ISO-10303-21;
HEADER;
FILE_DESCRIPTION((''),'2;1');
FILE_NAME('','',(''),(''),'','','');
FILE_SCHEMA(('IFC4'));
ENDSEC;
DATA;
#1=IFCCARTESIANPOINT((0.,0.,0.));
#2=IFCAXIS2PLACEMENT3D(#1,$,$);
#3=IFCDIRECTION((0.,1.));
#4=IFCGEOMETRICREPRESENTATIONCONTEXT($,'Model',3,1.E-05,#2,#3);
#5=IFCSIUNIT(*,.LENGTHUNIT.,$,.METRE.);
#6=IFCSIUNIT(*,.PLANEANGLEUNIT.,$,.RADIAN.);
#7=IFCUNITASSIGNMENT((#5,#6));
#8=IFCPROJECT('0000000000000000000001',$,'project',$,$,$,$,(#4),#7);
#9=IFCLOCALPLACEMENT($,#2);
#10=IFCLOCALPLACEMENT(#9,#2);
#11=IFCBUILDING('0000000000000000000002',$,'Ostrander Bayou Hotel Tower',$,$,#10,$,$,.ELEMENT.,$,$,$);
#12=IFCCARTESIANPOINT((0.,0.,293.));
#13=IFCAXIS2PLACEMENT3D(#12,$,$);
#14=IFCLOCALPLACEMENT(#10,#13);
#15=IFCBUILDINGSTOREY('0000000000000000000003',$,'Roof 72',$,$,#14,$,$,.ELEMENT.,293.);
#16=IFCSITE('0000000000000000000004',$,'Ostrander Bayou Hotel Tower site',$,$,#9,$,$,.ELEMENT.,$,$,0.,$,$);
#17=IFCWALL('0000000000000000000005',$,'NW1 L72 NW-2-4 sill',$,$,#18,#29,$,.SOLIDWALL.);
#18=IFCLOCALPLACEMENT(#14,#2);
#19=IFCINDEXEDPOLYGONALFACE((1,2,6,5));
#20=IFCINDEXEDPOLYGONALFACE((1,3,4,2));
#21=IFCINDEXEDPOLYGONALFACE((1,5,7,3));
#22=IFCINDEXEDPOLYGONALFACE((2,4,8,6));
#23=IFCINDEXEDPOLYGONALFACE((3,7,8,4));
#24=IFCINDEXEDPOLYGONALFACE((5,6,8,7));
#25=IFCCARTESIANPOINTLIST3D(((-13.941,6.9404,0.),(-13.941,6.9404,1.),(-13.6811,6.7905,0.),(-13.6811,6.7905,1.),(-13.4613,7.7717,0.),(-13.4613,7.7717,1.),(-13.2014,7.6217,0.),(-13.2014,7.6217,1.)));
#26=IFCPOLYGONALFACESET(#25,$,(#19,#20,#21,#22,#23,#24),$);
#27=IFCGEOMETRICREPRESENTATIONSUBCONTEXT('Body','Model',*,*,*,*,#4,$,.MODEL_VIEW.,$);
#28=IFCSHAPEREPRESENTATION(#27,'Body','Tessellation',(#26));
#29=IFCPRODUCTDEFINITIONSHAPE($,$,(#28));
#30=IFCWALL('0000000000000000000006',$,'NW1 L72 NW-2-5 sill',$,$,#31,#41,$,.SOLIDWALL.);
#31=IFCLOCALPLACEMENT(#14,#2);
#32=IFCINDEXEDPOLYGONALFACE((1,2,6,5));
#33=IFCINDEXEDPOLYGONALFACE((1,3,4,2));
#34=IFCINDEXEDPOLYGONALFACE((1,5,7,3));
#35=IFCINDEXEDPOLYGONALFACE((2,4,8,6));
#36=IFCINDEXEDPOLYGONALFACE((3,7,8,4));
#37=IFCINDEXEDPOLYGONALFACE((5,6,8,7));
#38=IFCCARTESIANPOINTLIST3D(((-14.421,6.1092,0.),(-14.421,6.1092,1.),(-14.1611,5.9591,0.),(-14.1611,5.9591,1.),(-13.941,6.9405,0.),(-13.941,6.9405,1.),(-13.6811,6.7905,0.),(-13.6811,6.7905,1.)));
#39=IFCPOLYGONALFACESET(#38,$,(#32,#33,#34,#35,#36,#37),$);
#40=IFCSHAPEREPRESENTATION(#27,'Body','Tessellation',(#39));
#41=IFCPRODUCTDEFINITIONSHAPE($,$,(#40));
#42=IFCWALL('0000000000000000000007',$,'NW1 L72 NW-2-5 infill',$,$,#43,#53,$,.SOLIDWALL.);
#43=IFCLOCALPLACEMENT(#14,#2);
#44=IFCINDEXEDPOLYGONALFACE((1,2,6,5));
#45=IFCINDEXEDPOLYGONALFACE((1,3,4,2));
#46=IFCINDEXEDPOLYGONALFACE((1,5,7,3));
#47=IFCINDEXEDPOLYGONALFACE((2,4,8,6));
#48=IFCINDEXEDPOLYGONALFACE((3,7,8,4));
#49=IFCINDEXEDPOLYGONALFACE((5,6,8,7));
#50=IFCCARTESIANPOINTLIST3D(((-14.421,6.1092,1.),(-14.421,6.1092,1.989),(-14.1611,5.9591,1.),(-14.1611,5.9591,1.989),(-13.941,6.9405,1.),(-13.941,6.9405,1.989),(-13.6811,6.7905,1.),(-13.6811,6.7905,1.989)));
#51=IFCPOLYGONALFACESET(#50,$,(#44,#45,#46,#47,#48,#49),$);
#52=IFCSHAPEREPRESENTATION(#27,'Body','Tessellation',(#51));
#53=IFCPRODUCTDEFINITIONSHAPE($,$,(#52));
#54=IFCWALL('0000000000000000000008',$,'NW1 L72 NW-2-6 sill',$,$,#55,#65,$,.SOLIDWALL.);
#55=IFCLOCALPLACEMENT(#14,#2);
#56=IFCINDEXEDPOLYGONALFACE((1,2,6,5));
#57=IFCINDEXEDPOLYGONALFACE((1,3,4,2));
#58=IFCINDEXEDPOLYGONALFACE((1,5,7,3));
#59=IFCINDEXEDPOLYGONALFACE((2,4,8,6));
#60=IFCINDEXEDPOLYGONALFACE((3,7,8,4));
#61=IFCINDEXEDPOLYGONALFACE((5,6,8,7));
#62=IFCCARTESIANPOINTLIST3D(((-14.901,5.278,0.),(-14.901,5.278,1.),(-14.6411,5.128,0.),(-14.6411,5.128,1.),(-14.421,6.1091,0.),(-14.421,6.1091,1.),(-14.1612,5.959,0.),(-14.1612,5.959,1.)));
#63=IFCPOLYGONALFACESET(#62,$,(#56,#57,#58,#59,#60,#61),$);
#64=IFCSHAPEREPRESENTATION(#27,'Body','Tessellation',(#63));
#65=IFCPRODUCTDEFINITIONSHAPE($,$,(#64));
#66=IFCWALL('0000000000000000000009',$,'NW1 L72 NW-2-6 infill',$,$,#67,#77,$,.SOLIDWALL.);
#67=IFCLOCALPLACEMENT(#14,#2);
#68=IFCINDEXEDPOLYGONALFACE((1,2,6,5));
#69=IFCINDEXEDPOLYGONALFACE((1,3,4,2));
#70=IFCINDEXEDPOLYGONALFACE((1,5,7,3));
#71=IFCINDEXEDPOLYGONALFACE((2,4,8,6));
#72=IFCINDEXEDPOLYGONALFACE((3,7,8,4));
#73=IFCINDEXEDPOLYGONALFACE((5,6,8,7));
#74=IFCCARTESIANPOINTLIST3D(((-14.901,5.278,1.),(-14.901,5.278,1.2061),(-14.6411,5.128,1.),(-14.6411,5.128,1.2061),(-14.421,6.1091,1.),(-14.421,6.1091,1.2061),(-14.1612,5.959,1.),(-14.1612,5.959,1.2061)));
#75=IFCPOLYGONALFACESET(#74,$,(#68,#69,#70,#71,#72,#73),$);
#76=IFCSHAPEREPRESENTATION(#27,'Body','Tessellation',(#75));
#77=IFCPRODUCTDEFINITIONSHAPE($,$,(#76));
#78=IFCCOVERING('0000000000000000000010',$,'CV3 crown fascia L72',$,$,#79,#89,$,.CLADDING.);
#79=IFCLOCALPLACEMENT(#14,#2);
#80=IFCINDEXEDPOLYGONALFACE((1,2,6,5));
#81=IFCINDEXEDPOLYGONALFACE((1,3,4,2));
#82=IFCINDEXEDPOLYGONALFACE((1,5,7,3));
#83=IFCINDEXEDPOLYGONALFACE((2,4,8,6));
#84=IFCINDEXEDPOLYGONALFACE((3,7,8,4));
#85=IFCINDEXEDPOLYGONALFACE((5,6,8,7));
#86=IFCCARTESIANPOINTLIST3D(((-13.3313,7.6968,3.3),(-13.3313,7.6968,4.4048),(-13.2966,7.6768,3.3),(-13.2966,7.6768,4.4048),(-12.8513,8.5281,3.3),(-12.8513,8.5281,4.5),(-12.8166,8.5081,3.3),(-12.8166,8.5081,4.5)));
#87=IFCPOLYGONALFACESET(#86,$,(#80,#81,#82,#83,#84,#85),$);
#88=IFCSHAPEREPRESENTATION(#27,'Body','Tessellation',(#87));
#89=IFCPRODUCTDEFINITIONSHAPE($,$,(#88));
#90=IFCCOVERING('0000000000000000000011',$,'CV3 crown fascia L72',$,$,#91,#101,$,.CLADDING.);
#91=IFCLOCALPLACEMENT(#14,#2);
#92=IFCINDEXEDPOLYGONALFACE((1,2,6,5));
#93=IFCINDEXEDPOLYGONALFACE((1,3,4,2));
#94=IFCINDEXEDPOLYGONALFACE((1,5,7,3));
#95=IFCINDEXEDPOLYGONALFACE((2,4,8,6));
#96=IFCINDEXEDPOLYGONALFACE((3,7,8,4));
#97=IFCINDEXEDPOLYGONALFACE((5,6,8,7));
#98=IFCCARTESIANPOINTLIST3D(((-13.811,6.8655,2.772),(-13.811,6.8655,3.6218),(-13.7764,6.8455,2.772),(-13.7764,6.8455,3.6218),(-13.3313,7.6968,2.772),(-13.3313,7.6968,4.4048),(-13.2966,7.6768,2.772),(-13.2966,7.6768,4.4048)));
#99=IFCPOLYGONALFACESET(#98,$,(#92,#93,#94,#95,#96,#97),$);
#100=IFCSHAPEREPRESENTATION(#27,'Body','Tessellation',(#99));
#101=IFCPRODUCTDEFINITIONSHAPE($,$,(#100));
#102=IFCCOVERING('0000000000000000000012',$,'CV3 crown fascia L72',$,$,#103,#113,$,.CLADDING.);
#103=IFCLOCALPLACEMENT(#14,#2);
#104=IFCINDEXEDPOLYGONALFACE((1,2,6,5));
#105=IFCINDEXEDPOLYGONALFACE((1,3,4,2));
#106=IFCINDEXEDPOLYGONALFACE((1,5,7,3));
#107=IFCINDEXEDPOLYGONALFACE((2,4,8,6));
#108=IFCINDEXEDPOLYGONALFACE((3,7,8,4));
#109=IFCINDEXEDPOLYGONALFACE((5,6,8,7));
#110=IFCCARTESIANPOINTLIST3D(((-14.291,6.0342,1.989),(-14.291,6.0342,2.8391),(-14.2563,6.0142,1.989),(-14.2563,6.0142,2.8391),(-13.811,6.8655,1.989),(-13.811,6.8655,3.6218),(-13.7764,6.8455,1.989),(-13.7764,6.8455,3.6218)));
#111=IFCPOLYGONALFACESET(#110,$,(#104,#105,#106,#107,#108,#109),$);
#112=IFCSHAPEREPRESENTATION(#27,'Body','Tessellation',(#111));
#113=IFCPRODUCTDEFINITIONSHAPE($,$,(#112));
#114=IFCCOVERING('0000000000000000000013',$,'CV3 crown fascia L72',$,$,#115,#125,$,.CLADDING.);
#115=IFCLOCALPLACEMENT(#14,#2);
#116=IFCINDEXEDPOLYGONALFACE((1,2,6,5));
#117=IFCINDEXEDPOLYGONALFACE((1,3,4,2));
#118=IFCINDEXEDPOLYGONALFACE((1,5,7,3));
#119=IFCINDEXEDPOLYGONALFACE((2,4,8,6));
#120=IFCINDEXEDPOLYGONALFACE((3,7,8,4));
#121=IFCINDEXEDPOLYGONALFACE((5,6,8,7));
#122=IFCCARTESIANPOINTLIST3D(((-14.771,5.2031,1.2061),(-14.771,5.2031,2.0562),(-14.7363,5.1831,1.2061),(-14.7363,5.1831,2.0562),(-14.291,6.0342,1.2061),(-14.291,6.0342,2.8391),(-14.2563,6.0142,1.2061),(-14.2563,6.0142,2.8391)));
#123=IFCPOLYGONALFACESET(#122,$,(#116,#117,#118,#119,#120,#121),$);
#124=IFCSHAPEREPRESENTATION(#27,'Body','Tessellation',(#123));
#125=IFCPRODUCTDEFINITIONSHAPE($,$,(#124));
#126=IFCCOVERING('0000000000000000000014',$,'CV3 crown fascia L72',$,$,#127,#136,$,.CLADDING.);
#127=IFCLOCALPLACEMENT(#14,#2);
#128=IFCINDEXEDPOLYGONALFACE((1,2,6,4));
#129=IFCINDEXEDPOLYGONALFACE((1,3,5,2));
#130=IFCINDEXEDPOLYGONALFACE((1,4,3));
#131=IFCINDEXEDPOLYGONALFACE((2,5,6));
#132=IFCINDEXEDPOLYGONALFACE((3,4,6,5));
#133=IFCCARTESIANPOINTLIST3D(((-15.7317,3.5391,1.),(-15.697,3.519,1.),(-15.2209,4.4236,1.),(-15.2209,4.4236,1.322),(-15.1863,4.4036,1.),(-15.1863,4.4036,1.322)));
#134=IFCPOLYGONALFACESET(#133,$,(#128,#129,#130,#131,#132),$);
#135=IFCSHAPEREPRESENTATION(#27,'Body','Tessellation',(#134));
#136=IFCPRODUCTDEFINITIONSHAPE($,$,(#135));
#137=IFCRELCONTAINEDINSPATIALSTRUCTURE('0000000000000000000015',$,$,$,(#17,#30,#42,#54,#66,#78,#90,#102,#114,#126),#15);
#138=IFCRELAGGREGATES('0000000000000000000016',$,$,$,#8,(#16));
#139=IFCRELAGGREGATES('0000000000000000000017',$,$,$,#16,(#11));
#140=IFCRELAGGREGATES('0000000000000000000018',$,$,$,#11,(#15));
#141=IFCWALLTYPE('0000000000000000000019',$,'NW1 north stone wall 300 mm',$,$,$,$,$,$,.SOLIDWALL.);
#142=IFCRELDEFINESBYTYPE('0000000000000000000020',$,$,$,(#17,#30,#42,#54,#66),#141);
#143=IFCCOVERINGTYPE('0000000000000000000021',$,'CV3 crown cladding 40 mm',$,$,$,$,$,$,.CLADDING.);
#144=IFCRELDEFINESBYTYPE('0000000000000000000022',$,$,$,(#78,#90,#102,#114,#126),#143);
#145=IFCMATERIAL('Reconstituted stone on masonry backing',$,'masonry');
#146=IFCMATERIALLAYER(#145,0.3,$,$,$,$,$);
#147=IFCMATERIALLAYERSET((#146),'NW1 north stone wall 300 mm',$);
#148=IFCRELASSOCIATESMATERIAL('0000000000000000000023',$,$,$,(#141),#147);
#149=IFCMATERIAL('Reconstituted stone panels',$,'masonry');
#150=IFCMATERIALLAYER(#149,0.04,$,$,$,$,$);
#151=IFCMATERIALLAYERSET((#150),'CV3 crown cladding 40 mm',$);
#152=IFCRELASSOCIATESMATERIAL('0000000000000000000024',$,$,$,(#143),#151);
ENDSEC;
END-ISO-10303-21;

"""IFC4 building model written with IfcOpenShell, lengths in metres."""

from ifc_helpers import new_model, si_unit, direction, frame, frame_2d, origin, place, context, subcontext, project, spatial, polyline, rectangle, outline, extrude, material, layer, layer_set, type_object, element, save


model = new_model("IFC4")

# Units and contexts
model_context = context("Model", 3, precision=1e-05, world=origin(), true_north=direction((0.0, 1.0)))
body_context = subcontext(model_context, "Body", "Model", "MODEL_VIEW")
ifc_project = project(units=[si_unit("LENGTHUNIT", "METRE"), si_unit("PLANEANGLEUNIT", "RADIAN")], contexts=[model_context])

# Site, building, storey
site_placement = place(None, origin())
site = spatial("IfcSite", under=ifc_project, at=site_placement, Name="Ostrander Bayou Hotel Tower site", CompositionType="ELEMENT", RefElevation=0.0)
building_placement = place(site_placement, origin())
building = spatial("IfcBuilding", under=site, at=building_placement, Name="Ostrander Bayou Hotel Tower", CompositionType="ELEMENT")
storey_placement = place(building_placement, frame((0.0, 0.0, 293.0)))
storey = spatial("IfcBuildingStorey", under=building, at=storey_placement, Name="Roof 72", CompositionType="ELEMENT", Elevation=293.0)

# Walls
ifc_material_1 = material(Name="Reconstituted stone on masonry backing", Category="masonry")
ifc_layer_1 = layer(ifc_material_1, 0.3)
ifc_layer_set_1 = layer_set([ifc_layer_1], Name="NW1 north stone wall 300 mm")
wall_type = type_object("IfcWallType", Name="NW1 north stone wall 300 mm", PredefinedType="SOLIDWALL", material=ifc_layer_set_1)
wall_1_placement = place(storey_placement, frame((-13.3313, 7.6968, 0.0), z_axis=(0.0, 0.0, 1.0), x_axis=(-0.499833, -0.866122, 0.0)))
element("IfcWall", 1, at=wall_1_placement, inside=storey, type_object=wall_type, Name="NW1 L72 NW-2-4 sill", PredefinedType="SOLIDWALL", context=body_context, shape_type="SweptSolid", body=[
    extrude(rectangle(XDim=0.9597, YDim=0.3, at=frame_2d((0.48, 0.0))), origin(), (0.0, 0.0, 1.0), 1.0),
])
wall_2_placement = place(storey_placement, frame((-13.811, 6.8655, 0.0), z_axis=(0.0, 0.0, 1.0), x_axis=(-0.500023, -0.866012, 0.0)))
element("IfcWall", 2, at=wall_2_placement, inside=storey, type_object=wall_type, Name="NW1 L72 NW-2-5 sill", PredefinedType="SOLIDWALL", context=body_context, shape_type="SweptSolid", body=[
    extrude(rectangle(XDim=0.96, YDim=0.3, at=frame_2d((0.48, 0.0))), origin(), (0.0, 0.0, 1.0), 1.0),
])
wall_3_placement = place(storey_placement, frame((-13.811, 6.8655, 1.0), z_axis=(0.0, 0.0, 1.0), x_axis=(-0.500023, -0.866012, 0.0)))
element("IfcWall", 3, at=wall_3_placement, inside=storey, type_object=wall_type, Name="NW1 L72 NW-2-5 infill", PredefinedType="SOLIDWALL", context=body_context, shape_type="SweptSolid", body=[
    extrude(rectangle(XDim=0.96, YDim=0.3, at=frame_2d((0.48, 0.0))), origin(), (0.0, 0.0, 1.0), 0.989),
])
wall_4_placement = place(storey_placement, frame((-14.291, 6.0342, 0.0), z_axis=(0.0, 0.0, 1.0), x_axis=(-0.500133, -0.865948, 0.0)))
element("IfcWall", 4, at=wall_4_placement, inside=storey, type_object=wall_type, Name="NW1 L72 NW-2-6 sill", PredefinedType="SOLIDWALL", context=body_context, shape_type="SweptSolid", body=[
    extrude(rectangle(XDim=0.9597, YDim=0.3, at=frame_2d((0.48, 0.0))), origin(), (0.0, 0.0, 1.0), 1.0),
])
wall_5_placement = place(storey_placement, frame((-14.291, 6.0342, 1.0), z_axis=(0.0, 0.0, 1.0), x_axis=(-0.500133, -0.865948, 0.0)))
element("IfcWall", 5, at=wall_5_placement, inside=storey, type_object=wall_type, Name="NW1 L72 NW-2-6 infill", PredefinedType="SOLIDWALL", context=body_context, shape_type="SweptSolid", body=[
    extrude(rectangle(XDim=0.9597, YDim=0.3, at=frame_2d((0.48, 0.0))), origin(), (0.0, 0.0, 1.0), 0.2061),
])

# Coverings
ifc_material_2 = material(Name="Reconstituted stone panels", Category="masonry")
ifc_layer_2 = layer(ifc_material_2, 0.04)
ifc_layer_set_2 = layer_set([ifc_layer_2], Name="CV3 crown cladding 40 mm")
covering_type = type_object("IfcCoveringType", Name="CV3 crown cladding 40 mm", PredefinedType="CLADDING", material=ifc_layer_set_2)
covering_1_placement = place(storey_placement, frame((-12.8513, 8.5281, 3.3), z_axis=(-0.866012, 0.500023, 0.0), x_axis=(-0.500023, -0.866012, 0.0)))
element("IfcCovering", 6, at=covering_1_placement, inside=storey, type_object=covering_type, Name="CV3 crown fascia L72", PredefinedType="CLADDING", context=body_context, shape_type="SweptSolid", body=[
    extrude(outline(polyline([(0.0, 0.0), (0.9599, 0.0), (0.9599, 1.1047), (0.0, 1.2), (0.0, 0.0)])), origin(), (0.0, 0.0, -1.0), 0.04),
])
covering_2_placement = place(storey_placement, frame((-13.3313, 7.6968, 2.772), z_axis=(-0.866122, 0.499833, 0.0), x_axis=(-0.499833, -0.866122, 0.0)))
element("IfcCovering", 7, at=covering_2_placement, inside=storey, type_object=covering_type, Name="CV3 crown fascia L72", PredefinedType="CLADDING", context=body_context, shape_type="SweptSolid", body=[
    extrude(outline(polyline([(0.0, 0.0), (0.9598, 0.0), (0.9598, 0.8499), (0.0, 1.6328), (0.0, 0.0)])), origin(), (0.0, 0.0, -1.0), 0.04),
])
covering_3_placement = place(storey_placement, frame((-13.811, 6.8655, 1.989), z_axis=(-0.866012, 0.500023, 0.0), x_axis=(-0.500023, -0.866012, 0.0)))
element("IfcCovering", 8, at=covering_3_placement, inside=storey, type_object=covering_type, Name="CV3 crown fascia L72", PredefinedType="CLADDING", context=body_context, shape_type="SweptSolid", body=[
    extrude(outline(polyline([(0.0, 0.0), (0.9599, 0.0), (0.9599, 0.8501), (0.0, 1.6328), (0.0, 0.0)])), origin(), (0.0, 0.0, -1.0), 0.04),
])
covering_4_placement = place(storey_placement, frame((-14.291, 6.0342, 1.2061), z_axis=(-0.865948, 0.500133, 0.0), x_axis=(-0.500133, -0.865948, 0.0)))
element("IfcCovering", 9, at=covering_4_placement, inside=storey, type_object=covering_type, Name="CV3 crown fascia L72", PredefinedType="CLADDING", context=body_context, shape_type="SweptSolid", body=[
    extrude(outline(polyline([(0.0, 0.0), (0.9597, 0.0), (0.9597, 0.8501), (0.0, 1.6331), (0.0, 0.0)])), origin(), (0.0, 0.0, -1.0), 0.04),
])
covering_5_placement = place(storey_placement, frame((-15.2209, 4.4236, 1.0), z_axis=(-0.865998, 0.500047, 0.0), x_axis=(-0.500047, -0.865998, 0.0)))
element("IfcCovering", 10, at=covering_5_placement, inside=storey, type_object=covering_type, Name="CV3 crown fascia L72", PredefinedType="CLADDING", context=body_context, shape_type="SweptSolid", body=[
    extrude(outline(polyline([(0.0, 0.0), (1.0214, 0.0), (0.0, 0.322), (0.0, 0.0)])), origin(), (0.0, 0.0, -1.0), 0.04),
])

save(model, "model.ifc")
